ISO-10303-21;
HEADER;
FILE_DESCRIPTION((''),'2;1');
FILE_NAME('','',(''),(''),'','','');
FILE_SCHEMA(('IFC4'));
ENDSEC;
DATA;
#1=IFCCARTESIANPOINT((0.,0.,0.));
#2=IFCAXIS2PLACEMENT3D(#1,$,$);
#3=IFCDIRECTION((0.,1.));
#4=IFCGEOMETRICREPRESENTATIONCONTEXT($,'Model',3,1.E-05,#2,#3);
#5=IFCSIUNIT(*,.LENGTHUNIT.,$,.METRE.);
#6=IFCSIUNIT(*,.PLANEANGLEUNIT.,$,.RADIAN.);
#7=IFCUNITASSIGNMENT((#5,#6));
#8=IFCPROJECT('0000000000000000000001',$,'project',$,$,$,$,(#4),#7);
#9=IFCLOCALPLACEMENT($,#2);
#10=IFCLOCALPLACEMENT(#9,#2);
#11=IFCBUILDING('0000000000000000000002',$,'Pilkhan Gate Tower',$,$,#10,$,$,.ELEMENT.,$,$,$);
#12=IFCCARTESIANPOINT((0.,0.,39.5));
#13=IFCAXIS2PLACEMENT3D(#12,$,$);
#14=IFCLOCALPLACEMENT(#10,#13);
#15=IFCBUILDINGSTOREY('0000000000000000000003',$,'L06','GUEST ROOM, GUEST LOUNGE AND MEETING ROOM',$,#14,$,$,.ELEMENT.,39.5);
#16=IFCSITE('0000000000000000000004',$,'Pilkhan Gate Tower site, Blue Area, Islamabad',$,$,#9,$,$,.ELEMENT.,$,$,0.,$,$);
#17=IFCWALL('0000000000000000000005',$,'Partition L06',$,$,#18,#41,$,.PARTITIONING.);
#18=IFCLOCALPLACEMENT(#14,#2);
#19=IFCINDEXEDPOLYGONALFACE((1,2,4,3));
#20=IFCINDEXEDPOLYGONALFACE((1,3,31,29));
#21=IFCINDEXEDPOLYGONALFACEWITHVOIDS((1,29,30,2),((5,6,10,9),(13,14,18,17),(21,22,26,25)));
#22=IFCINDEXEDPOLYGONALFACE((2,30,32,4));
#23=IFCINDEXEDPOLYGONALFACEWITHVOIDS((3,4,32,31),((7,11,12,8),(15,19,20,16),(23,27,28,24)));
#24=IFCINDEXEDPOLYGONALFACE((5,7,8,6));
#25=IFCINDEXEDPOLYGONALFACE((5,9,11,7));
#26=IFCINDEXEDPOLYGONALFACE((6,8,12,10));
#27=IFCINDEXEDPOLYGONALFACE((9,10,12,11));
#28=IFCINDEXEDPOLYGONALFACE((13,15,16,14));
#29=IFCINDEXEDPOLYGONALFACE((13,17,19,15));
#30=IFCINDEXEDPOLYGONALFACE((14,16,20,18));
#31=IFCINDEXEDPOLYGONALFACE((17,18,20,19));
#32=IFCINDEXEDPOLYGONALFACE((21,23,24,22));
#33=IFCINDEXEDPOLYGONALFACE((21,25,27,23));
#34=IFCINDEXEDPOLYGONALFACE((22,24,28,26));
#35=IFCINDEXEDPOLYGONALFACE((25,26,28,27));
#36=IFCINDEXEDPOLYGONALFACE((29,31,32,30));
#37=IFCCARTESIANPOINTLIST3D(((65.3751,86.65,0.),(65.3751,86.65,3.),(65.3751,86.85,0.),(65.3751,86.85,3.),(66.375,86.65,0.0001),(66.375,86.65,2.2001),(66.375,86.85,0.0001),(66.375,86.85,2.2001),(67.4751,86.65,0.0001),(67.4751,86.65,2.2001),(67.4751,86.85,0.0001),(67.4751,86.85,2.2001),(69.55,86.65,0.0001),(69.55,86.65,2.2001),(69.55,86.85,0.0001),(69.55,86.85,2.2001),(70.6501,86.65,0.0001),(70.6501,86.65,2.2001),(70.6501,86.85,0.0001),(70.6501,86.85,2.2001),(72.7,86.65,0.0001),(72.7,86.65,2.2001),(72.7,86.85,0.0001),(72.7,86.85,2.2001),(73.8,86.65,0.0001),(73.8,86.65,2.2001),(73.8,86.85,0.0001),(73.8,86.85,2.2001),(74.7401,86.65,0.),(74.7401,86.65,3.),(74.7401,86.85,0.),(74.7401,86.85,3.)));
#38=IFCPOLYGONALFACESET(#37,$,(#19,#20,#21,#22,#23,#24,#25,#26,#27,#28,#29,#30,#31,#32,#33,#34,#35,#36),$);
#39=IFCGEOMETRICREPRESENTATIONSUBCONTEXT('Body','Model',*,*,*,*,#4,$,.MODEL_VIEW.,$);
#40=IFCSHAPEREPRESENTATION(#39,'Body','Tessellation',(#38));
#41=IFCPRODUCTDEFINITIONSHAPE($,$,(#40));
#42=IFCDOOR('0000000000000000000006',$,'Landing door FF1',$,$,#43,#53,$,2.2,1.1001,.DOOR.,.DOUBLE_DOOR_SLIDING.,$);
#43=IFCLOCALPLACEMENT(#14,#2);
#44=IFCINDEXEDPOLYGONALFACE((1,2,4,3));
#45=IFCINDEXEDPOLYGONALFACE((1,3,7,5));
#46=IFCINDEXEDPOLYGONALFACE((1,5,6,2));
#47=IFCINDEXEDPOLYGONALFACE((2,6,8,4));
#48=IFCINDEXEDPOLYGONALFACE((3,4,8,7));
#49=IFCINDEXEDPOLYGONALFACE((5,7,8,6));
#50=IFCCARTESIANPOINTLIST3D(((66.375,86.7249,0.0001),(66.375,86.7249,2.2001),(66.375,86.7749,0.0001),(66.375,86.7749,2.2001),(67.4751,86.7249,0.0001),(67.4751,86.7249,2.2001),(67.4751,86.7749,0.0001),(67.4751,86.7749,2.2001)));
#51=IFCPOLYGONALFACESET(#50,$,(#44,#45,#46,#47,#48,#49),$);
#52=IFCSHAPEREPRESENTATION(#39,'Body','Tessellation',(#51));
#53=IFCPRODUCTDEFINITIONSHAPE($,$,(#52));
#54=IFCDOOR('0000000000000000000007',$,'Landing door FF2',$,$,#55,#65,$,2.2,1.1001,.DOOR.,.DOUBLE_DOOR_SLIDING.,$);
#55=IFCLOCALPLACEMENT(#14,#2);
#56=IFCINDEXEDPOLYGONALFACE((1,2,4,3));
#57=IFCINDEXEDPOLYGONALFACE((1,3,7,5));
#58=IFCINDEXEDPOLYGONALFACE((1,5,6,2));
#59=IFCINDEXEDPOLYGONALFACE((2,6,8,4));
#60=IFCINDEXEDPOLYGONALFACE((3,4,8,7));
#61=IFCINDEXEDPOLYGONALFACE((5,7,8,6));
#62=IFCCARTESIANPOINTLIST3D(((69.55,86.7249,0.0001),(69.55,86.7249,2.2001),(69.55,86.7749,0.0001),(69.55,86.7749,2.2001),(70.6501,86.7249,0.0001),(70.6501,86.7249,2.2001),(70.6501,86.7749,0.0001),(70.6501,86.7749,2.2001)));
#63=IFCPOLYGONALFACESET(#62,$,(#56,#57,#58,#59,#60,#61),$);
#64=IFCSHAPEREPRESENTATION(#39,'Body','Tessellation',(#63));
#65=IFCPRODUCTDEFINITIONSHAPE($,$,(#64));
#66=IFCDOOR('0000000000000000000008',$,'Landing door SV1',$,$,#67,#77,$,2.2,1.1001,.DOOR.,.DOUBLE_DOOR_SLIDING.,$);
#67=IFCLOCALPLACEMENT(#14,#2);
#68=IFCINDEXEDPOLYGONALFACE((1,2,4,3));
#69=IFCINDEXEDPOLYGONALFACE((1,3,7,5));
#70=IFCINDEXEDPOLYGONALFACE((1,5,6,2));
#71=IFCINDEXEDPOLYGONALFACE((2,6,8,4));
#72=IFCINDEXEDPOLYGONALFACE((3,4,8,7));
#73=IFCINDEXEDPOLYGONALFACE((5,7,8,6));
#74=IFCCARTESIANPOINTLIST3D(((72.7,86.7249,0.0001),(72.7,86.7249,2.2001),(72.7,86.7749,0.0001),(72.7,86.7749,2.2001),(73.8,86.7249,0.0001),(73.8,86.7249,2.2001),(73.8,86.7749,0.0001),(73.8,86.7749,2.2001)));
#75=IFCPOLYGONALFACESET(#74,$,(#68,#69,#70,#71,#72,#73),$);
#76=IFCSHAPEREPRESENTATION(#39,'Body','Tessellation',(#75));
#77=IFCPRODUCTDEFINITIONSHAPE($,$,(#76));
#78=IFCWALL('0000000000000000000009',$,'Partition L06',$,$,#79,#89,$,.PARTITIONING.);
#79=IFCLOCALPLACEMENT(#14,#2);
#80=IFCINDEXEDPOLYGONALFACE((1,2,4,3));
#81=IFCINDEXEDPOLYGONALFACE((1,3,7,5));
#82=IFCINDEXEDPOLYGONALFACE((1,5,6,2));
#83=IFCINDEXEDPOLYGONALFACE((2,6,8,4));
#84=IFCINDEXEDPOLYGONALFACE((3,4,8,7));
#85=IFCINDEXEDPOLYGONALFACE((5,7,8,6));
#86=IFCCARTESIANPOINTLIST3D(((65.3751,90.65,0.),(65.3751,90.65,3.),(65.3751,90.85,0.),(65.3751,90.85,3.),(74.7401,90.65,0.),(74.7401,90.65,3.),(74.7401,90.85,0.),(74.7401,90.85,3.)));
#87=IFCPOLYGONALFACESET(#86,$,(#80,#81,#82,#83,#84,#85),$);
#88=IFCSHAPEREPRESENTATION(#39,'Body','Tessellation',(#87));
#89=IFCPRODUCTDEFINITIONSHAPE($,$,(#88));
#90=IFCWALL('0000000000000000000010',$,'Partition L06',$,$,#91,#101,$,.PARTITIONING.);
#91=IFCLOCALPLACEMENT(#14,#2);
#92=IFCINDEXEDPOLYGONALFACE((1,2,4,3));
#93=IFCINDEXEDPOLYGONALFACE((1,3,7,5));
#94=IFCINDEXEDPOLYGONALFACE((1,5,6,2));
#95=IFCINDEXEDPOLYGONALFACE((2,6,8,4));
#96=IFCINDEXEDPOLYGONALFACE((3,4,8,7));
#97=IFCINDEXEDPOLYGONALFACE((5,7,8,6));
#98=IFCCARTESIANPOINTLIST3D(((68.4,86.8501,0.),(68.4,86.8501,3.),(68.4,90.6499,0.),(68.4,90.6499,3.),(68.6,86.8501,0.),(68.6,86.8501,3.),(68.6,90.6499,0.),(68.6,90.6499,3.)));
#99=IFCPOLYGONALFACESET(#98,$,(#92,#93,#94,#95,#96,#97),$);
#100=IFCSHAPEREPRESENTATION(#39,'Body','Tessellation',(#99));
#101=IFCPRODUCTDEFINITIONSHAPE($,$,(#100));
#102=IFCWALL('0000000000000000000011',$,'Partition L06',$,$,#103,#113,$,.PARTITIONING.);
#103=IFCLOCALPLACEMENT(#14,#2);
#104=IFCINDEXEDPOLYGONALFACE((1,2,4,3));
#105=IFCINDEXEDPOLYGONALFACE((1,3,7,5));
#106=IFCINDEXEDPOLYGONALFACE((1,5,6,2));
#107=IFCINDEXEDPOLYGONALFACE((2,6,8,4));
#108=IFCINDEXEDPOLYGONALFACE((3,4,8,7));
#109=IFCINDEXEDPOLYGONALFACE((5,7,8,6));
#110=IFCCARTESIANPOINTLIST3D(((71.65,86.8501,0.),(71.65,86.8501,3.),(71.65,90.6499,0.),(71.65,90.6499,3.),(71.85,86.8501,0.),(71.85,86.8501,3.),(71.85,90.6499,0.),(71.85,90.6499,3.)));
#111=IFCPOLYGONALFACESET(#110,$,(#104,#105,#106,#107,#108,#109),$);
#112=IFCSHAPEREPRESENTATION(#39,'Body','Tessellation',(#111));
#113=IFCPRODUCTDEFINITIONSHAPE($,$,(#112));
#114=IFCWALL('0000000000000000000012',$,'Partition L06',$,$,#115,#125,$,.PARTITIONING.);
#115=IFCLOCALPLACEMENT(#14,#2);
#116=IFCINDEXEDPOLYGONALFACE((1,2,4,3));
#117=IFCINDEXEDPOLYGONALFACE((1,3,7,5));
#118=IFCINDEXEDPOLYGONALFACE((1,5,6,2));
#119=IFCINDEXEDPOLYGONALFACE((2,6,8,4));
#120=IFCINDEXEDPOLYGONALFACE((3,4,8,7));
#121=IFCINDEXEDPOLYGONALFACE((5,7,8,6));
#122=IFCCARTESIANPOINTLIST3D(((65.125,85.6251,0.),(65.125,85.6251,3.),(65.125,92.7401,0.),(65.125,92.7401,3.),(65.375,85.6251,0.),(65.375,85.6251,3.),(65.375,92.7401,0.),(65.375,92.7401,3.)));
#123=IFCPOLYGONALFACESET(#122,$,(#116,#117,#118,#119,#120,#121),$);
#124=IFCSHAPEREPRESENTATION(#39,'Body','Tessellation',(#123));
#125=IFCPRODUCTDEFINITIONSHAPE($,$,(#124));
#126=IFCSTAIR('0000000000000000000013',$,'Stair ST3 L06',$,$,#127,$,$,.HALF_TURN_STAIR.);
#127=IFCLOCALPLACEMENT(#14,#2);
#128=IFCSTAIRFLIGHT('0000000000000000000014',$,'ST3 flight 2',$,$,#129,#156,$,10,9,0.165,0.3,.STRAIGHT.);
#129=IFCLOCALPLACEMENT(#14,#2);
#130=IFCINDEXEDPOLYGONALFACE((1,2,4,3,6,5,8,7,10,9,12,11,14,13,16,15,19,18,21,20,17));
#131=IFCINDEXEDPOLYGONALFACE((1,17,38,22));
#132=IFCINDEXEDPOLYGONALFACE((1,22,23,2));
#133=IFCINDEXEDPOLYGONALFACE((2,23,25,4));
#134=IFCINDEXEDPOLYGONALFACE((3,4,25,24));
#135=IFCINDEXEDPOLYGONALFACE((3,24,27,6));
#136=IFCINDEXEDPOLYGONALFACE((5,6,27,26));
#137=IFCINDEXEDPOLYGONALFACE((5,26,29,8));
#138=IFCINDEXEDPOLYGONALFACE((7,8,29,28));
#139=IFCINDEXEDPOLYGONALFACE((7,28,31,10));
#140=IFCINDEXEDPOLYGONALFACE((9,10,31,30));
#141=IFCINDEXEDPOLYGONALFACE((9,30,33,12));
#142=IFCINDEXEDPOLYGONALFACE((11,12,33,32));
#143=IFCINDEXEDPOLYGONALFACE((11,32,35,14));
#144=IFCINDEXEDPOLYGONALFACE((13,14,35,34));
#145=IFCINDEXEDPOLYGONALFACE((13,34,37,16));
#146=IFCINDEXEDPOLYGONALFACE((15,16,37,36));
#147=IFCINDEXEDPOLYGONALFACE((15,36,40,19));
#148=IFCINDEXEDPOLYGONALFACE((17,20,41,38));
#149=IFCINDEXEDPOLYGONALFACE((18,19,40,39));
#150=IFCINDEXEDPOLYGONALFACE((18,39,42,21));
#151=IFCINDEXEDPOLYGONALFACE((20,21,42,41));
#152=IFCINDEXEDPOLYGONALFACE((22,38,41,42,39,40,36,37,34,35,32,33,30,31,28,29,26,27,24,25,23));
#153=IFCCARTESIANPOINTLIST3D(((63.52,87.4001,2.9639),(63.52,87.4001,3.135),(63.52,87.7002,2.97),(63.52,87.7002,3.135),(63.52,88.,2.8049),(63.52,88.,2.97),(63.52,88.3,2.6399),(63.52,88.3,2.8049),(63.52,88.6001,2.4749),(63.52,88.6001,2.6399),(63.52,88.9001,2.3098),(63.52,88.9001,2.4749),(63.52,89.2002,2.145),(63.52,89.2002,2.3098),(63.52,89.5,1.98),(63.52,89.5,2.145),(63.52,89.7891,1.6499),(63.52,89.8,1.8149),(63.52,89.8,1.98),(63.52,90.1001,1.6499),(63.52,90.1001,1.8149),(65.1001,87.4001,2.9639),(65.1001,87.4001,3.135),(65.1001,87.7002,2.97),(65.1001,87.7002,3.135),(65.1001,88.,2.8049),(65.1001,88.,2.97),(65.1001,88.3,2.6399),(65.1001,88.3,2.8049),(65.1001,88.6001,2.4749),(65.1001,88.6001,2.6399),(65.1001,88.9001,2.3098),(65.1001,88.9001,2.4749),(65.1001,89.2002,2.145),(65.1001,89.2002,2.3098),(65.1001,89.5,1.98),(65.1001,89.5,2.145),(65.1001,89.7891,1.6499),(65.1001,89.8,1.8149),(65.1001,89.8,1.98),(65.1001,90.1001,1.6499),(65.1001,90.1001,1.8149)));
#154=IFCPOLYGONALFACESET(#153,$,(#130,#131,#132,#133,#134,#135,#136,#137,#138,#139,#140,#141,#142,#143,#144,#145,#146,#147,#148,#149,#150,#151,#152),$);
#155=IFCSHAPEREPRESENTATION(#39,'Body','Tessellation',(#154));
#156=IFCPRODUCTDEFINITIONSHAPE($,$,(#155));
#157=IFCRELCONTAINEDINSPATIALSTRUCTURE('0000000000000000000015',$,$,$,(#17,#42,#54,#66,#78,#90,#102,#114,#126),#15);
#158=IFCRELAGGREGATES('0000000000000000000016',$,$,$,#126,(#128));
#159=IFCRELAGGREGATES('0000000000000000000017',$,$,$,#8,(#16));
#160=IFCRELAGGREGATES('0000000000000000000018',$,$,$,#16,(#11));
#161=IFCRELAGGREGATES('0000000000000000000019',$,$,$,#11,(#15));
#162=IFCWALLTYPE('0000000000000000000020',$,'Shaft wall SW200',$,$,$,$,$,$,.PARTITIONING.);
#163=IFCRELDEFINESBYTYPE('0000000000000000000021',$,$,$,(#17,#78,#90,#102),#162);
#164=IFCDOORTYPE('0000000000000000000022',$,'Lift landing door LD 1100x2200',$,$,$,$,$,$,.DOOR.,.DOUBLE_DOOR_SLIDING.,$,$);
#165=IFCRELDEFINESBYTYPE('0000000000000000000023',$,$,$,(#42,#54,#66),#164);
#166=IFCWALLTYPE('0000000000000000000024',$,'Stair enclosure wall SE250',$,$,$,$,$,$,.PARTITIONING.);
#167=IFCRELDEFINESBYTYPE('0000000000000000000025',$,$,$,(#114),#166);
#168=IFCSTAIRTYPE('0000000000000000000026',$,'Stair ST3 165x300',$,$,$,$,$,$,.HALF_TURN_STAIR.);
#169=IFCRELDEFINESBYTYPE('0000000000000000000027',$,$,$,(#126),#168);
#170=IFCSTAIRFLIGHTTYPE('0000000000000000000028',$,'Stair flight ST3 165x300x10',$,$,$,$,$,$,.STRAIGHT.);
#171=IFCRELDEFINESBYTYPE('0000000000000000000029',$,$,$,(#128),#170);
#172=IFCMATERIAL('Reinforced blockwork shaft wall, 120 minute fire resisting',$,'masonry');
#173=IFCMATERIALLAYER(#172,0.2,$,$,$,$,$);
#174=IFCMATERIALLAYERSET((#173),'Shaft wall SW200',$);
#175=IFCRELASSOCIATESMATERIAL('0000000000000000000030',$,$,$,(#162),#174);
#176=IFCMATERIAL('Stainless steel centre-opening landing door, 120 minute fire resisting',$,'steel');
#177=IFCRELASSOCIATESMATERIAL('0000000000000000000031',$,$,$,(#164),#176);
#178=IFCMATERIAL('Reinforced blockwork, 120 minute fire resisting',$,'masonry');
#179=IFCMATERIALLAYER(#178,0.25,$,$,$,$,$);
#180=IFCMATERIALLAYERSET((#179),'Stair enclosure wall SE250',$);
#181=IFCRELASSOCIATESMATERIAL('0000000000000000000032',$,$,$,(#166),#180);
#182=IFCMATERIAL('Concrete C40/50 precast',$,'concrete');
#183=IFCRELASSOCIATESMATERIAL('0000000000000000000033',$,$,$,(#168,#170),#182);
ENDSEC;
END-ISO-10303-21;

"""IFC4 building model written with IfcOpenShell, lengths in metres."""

from ifc_helpers import new_model, si_unit, direction, frame, frame_2d, origin, place, context, subcontext, project, spatial, polyline, rectangle, outline, extrude, material, layer, layer_set, type_object, element, fill, aggregate, save


model = new_model("IFC4")

# Units and contexts
model_context = context("Model", 3, precision=1e-05, world=origin(), true_north=direction((0.0, 1.0)))
body_context = subcontext(model_context, "Body", "Model", "MODEL_VIEW")
ifc_project = project(units=[si_unit("LENGTHUNIT", "METRE"), si_unit("PLANEANGLEUNIT", "RADIAN")], contexts=[model_context])

# Site, building, storey
site_placement = place(None, origin())
site = spatial("IfcSite", under=ifc_project, at=site_placement, Name="Pilkhan Gate Tower site, Blue Area, Islamabad", CompositionType="ELEMENT", RefElevation=0.0)
building_placement = place(site_placement, origin())
building = spatial("IfcBuilding", under=site, at=building_placement, Name="Pilkhan Gate Tower", CompositionType="ELEMENT")
storey_placement = place(building_placement, frame((0.0, 0.0, 39.5)))
storey = spatial("IfcBuildingStorey", under=building, at=storey_placement, Name="L06", Description="GUEST ROOM, GUEST LOUNGE AND MEETING ROOM", CompositionType="ELEMENT", Elevation=39.5)

# Wall, openings, doors
ifc_material_1 = material(Name="Reinforced blockwork shaft wall, 120 minute fire resisting", Category="masonry")
ifc_layer_1 = layer(ifc_material_1, 0.2)
ifc_layer_set_1 = layer_set([ifc_layer_1], Name="Shaft wall SW200")
wall_type_1 = type_object("IfcWallType", Name="Shaft wall SW200", PredefinedType="PARTITIONING", material=ifc_layer_set_1)
wall_1_placement = place(storey_placement, frame((65.375, 86.75, 0.0), z_axis=(0.0, 0.0, 1.0), x_axis=(1.0, 0.0, 0.0)))
wall_1 = element("IfcWall", 1, at=wall_1_placement, inside=storey, type_object=wall_type_1, Name="Partition L06", PredefinedType="PARTITIONING", context=body_context, shape_type="SweptSolid", body=[
    extrude(rectangle(XDim=9.365, YDim=0.2, at=frame_2d((4.6826, 0.0))), origin(), (0.0, 0.0, 1.0), 3.0),
])
opening_1_placement = place(wall_1_placement, frame((1.0, 0.0, 0.0)))
opening_1 = element("IfcOpeningElement", 2, at=opening_1_placement, cuts=wall_1, PredefinedType="OPENING", context=body_context, shape_type="SweptSolid", body=[
    extrude(rectangle(XDim=1.1001, YDim=2.2, at=frame_2d((0.55, 1.1001))), frame((0.0, 0.1099, 0.0), z_axis=(0.0, -1.0, 0.0), x_axis=(1.0, 0.0, 0.0)), (0.0, 0.0, 1.0), 0.22),
])
opening_2_placement = place(wall_1_placement, frame((4.175, 0.0, 0.0)))
opening_2 = element("IfcOpeningElement", 3, at=opening_2_placement, cuts=wall_1, PredefinedType="OPENING", context=body_context, shape_type="SweptSolid", body=[
    extrude(rectangle(XDim=1.1001, YDim=2.2, at=frame_2d((0.55, 1.1001))), frame((0.0, 0.1099, 0.0), z_axis=(0.0, -1.0, 0.0), x_axis=(1.0, 0.0, 0.0)), (0.0, 0.0, 1.0), 0.22),
])
opening_3_placement = place(wall_1_placement, frame((7.325, 0.0, 0.0)))
opening_3 = element("IfcOpeningElement", 4, at=opening_3_placement, cuts=wall_1, PredefinedType="OPENING", context=body_context, shape_type="SweptSolid", body=[
    extrude(rectangle(XDim=1.1001, YDim=2.2, at=frame_2d((0.55, 1.1001))), frame((0.0, 0.1099, 0.0), z_axis=(0.0, -1.0, 0.0), x_axis=(1.0, 0.0, 0.0)), (0.0, 0.0, 1.0), 0.22),
])
ifc_material_2 = material(Name="Stainless steel centre-opening landing door, 120 minute fire resisting", Category="steel")
door_type = type_object("IfcDoorType", Name="Lift landing door LD 1100x2200", OperationType="DOUBLE_DOOR_SLIDING", PredefinedType="DOOR", material=ifc_material_2)
door_1_placement = place(opening_1_placement, origin())
door_1 = element("IfcDoor", 5, at=door_1_placement, inside=storey, type_object=door_type, Name="Landing door FF1", OperationType="DOUBLE_DOOR_SLIDING", OverallHeight=2.2, OverallWidth=1.1001, PredefinedType="DOOR", context=body_context, shape_type="SweptSolid", body=[
    extrude(rectangle(XDim=1.1001, YDim=2.2, at=frame_2d((0.55, 1.1001))), frame((0.0, 0.0249, 0.0), z_axis=(0.0, -1.0, 0.0), x_axis=(1.0, 0.0, 0.0)), (0.0, 0.0, 1.0), 0.05),
])
fill(opening_1, door_1)
door_2_placement = place(opening_2_placement, origin())
door_2 = element("IfcDoor", 6, at=door_2_placement, inside=storey, type_object=door_type, Name="Landing door FF2", OperationType="DOUBLE_DOOR_SLIDING", OverallHeight=2.2, OverallWidth=1.1001, PredefinedType="DOOR", context=body_context, shape_type="SweptSolid", body=[
    extrude(rectangle(XDim=1.1001, YDim=2.2, at=frame_2d((0.55, 1.1001))), frame((0.0, 0.0249, 0.0), z_axis=(0.0, -1.0, 0.0), x_axis=(1.0, 0.0, 0.0)), (0.0, 0.0, 1.0), 0.05),
])
fill(opening_2, door_2)
door_3_placement = place(opening_3_placement, origin())
door_3 = element("IfcDoor", 7, at=door_3_placement, inside=storey, type_object=door_type, Name="Landing door SV1", OperationType="DOUBLE_DOOR_SLIDING", OverallHeight=2.2, OverallWidth=1.1001, PredefinedType="DOOR", context=body_context, shape_type="SweptSolid", body=[
    extrude(rectangle(XDim=1.1001, YDim=2.2, at=frame_2d((0.55, 1.1001))), frame((0.0, 0.0249, 0.0), z_axis=(0.0, -1.0, 0.0), x_axis=(1.0, 0.0, 0.0)), (0.0, 0.0, 1.0), 0.05),
])
fill(opening_3, door_3)

# Walls
wall_2_placement = place(storey_placement, frame((65.375, 90.75, 0.0), z_axis=(0.0, 0.0, 1.0), x_axis=(1.0, 0.0, 0.0)))
element("IfcWall", 8, at=wall_2_placement, inside=storey, type_object=wall_type_1, Name="Partition L06", PredefinedType="PARTITIONING", context=body_context, shape_type="SweptSolid", body=[
    extrude(rectangle(XDim=9.365, YDim=0.2, at=frame_2d((4.6826, 0.0))), origin(), (0.0, 0.0, 1.0), 3.0),
])
for number, where, z_axis, x_axis, name in (
    (9, (68.5, 86.8501, 0.0), (0.0, 0.0, 1.0), (0.0, 1.0, 0.0), "Partition L06"),
    (10, (71.75, 86.8501, 0.0), (0.0, 0.0, 1.0), (0.0, 1.0, 0.0), "Partition L06"),
):
    element("IfcWall", number, at=place(storey_placement, frame(where, z_axis=z_axis, x_axis=x_axis)), inside=storey, type_object=wall_type_1, Name=name, PredefinedType="PARTITIONING", context=body_context, shape_type="SweptSolid", body=[
        extrude(rectangle(XDim=3.7998, YDim=0.2, at=frame_2d((1.8999, 0.0))), origin(), (0.0, 0.0, 1.0), 3.0),
    ])
ifc_material_3 = material(Name="Reinforced blockwork, 120 minute fire resisting", Category="masonry")
ifc_layer_2 = layer(ifc_material_3, 0.25)
ifc_layer_set_2 = layer_set([ifc_layer_2], Name="Stair enclosure wall SE250")
wall_type_2 = type_object("IfcWallType", Name="Stair enclosure wall SE250", PredefinedType="PARTITIONING", material=ifc_layer_set_2)
wall_3_placement = place(storey_placement, frame((65.25, 85.625, 0.0), z_axis=(0.0, 0.0, 1.0), x_axis=(0.0, 1.0, 0.0)))
element("IfcWall", 11, at=wall_3_placement, inside=storey, type_object=wall_type_2, Name="Partition L06", PredefinedType="PARTITIONING", context=body_context, shape_type="SweptSolid", body=[
    extrude(rectangle(XDim=7.115, YDim=0.25, at=frame_2d((3.5576, 0.0))), origin(), (0.0, 0.0, 1.0), 3.0),
])

# Stair, stair flight
ifc_material_4 = material(Name="Concrete C40/50 precast", Category="concrete")
stair_type = type_object("IfcStairType", Name="Stair ST3 165x300", PredefinedType="HALF_TURN_STAIR", material=ifc_material_4)
stair_placement = place(storey_placement, origin())
stair = element("IfcStair", 12, at=stair_placement, inside=storey, type_object=stair_type, Name="Stair ST3 L06", PredefinedType="HALF_TURN_STAIR")
stair_flight_type = type_object("IfcStairFlightType", Name="Stair flight ST3 165x300x10", PredefinedType="STRAIGHT", material=ifc_material_4)
stair_flight_placement = place(storey_placement, frame((64.3101, 90.1001, 1.6499), z_axis=(0.0, 0.0, 1.0), x_axis=(0.0, -1.0, 0.0)))
stair_flight = element("IfcStairFlight", 13, at=stair_flight_placement, type_object=stair_flight_type, Name="ST3 flight 2", NumberOfRisers=10, NumberOfTreads=9, PredefinedType="STRAIGHT", RiserHeight=0.165, TreadLength=0.3, context=body_context, shape_type="SweptSolid", body=[
    extrude(outline(polyline([(0.0, 0.0), (0.0, 0.165), (0.3, 0.165), (0.3, 0.3301), (0.6001, 0.3301), (0.6001, 0.4951), (0.8999, 0.4951), (0.8999, 0.6599), (1.2, 0.6599), (1.2, 0.825), (1.5, 0.825), (1.5, 0.99), (1.8, 0.99), (1.8, 1.155), (2.1001, 1.155), (2.1001, 1.3201), (2.3999, 1.3201), (2.3999, 1.4851), (2.7, 1.4851), (2.7, 1.6499), (2.7, 1.314), (0.311, 0.0), (0.0, 0.0)])), frame((0.0, 0.79, 0.0), z_axis=(0.0, -1.0, 0.0), x_axis=(1.0, 0.0, 0.0)), (0.0, 0.0, 1.0), 1.5801),
])
aggregate(stair, [stair_flight])

save(model, "model.ifc")
